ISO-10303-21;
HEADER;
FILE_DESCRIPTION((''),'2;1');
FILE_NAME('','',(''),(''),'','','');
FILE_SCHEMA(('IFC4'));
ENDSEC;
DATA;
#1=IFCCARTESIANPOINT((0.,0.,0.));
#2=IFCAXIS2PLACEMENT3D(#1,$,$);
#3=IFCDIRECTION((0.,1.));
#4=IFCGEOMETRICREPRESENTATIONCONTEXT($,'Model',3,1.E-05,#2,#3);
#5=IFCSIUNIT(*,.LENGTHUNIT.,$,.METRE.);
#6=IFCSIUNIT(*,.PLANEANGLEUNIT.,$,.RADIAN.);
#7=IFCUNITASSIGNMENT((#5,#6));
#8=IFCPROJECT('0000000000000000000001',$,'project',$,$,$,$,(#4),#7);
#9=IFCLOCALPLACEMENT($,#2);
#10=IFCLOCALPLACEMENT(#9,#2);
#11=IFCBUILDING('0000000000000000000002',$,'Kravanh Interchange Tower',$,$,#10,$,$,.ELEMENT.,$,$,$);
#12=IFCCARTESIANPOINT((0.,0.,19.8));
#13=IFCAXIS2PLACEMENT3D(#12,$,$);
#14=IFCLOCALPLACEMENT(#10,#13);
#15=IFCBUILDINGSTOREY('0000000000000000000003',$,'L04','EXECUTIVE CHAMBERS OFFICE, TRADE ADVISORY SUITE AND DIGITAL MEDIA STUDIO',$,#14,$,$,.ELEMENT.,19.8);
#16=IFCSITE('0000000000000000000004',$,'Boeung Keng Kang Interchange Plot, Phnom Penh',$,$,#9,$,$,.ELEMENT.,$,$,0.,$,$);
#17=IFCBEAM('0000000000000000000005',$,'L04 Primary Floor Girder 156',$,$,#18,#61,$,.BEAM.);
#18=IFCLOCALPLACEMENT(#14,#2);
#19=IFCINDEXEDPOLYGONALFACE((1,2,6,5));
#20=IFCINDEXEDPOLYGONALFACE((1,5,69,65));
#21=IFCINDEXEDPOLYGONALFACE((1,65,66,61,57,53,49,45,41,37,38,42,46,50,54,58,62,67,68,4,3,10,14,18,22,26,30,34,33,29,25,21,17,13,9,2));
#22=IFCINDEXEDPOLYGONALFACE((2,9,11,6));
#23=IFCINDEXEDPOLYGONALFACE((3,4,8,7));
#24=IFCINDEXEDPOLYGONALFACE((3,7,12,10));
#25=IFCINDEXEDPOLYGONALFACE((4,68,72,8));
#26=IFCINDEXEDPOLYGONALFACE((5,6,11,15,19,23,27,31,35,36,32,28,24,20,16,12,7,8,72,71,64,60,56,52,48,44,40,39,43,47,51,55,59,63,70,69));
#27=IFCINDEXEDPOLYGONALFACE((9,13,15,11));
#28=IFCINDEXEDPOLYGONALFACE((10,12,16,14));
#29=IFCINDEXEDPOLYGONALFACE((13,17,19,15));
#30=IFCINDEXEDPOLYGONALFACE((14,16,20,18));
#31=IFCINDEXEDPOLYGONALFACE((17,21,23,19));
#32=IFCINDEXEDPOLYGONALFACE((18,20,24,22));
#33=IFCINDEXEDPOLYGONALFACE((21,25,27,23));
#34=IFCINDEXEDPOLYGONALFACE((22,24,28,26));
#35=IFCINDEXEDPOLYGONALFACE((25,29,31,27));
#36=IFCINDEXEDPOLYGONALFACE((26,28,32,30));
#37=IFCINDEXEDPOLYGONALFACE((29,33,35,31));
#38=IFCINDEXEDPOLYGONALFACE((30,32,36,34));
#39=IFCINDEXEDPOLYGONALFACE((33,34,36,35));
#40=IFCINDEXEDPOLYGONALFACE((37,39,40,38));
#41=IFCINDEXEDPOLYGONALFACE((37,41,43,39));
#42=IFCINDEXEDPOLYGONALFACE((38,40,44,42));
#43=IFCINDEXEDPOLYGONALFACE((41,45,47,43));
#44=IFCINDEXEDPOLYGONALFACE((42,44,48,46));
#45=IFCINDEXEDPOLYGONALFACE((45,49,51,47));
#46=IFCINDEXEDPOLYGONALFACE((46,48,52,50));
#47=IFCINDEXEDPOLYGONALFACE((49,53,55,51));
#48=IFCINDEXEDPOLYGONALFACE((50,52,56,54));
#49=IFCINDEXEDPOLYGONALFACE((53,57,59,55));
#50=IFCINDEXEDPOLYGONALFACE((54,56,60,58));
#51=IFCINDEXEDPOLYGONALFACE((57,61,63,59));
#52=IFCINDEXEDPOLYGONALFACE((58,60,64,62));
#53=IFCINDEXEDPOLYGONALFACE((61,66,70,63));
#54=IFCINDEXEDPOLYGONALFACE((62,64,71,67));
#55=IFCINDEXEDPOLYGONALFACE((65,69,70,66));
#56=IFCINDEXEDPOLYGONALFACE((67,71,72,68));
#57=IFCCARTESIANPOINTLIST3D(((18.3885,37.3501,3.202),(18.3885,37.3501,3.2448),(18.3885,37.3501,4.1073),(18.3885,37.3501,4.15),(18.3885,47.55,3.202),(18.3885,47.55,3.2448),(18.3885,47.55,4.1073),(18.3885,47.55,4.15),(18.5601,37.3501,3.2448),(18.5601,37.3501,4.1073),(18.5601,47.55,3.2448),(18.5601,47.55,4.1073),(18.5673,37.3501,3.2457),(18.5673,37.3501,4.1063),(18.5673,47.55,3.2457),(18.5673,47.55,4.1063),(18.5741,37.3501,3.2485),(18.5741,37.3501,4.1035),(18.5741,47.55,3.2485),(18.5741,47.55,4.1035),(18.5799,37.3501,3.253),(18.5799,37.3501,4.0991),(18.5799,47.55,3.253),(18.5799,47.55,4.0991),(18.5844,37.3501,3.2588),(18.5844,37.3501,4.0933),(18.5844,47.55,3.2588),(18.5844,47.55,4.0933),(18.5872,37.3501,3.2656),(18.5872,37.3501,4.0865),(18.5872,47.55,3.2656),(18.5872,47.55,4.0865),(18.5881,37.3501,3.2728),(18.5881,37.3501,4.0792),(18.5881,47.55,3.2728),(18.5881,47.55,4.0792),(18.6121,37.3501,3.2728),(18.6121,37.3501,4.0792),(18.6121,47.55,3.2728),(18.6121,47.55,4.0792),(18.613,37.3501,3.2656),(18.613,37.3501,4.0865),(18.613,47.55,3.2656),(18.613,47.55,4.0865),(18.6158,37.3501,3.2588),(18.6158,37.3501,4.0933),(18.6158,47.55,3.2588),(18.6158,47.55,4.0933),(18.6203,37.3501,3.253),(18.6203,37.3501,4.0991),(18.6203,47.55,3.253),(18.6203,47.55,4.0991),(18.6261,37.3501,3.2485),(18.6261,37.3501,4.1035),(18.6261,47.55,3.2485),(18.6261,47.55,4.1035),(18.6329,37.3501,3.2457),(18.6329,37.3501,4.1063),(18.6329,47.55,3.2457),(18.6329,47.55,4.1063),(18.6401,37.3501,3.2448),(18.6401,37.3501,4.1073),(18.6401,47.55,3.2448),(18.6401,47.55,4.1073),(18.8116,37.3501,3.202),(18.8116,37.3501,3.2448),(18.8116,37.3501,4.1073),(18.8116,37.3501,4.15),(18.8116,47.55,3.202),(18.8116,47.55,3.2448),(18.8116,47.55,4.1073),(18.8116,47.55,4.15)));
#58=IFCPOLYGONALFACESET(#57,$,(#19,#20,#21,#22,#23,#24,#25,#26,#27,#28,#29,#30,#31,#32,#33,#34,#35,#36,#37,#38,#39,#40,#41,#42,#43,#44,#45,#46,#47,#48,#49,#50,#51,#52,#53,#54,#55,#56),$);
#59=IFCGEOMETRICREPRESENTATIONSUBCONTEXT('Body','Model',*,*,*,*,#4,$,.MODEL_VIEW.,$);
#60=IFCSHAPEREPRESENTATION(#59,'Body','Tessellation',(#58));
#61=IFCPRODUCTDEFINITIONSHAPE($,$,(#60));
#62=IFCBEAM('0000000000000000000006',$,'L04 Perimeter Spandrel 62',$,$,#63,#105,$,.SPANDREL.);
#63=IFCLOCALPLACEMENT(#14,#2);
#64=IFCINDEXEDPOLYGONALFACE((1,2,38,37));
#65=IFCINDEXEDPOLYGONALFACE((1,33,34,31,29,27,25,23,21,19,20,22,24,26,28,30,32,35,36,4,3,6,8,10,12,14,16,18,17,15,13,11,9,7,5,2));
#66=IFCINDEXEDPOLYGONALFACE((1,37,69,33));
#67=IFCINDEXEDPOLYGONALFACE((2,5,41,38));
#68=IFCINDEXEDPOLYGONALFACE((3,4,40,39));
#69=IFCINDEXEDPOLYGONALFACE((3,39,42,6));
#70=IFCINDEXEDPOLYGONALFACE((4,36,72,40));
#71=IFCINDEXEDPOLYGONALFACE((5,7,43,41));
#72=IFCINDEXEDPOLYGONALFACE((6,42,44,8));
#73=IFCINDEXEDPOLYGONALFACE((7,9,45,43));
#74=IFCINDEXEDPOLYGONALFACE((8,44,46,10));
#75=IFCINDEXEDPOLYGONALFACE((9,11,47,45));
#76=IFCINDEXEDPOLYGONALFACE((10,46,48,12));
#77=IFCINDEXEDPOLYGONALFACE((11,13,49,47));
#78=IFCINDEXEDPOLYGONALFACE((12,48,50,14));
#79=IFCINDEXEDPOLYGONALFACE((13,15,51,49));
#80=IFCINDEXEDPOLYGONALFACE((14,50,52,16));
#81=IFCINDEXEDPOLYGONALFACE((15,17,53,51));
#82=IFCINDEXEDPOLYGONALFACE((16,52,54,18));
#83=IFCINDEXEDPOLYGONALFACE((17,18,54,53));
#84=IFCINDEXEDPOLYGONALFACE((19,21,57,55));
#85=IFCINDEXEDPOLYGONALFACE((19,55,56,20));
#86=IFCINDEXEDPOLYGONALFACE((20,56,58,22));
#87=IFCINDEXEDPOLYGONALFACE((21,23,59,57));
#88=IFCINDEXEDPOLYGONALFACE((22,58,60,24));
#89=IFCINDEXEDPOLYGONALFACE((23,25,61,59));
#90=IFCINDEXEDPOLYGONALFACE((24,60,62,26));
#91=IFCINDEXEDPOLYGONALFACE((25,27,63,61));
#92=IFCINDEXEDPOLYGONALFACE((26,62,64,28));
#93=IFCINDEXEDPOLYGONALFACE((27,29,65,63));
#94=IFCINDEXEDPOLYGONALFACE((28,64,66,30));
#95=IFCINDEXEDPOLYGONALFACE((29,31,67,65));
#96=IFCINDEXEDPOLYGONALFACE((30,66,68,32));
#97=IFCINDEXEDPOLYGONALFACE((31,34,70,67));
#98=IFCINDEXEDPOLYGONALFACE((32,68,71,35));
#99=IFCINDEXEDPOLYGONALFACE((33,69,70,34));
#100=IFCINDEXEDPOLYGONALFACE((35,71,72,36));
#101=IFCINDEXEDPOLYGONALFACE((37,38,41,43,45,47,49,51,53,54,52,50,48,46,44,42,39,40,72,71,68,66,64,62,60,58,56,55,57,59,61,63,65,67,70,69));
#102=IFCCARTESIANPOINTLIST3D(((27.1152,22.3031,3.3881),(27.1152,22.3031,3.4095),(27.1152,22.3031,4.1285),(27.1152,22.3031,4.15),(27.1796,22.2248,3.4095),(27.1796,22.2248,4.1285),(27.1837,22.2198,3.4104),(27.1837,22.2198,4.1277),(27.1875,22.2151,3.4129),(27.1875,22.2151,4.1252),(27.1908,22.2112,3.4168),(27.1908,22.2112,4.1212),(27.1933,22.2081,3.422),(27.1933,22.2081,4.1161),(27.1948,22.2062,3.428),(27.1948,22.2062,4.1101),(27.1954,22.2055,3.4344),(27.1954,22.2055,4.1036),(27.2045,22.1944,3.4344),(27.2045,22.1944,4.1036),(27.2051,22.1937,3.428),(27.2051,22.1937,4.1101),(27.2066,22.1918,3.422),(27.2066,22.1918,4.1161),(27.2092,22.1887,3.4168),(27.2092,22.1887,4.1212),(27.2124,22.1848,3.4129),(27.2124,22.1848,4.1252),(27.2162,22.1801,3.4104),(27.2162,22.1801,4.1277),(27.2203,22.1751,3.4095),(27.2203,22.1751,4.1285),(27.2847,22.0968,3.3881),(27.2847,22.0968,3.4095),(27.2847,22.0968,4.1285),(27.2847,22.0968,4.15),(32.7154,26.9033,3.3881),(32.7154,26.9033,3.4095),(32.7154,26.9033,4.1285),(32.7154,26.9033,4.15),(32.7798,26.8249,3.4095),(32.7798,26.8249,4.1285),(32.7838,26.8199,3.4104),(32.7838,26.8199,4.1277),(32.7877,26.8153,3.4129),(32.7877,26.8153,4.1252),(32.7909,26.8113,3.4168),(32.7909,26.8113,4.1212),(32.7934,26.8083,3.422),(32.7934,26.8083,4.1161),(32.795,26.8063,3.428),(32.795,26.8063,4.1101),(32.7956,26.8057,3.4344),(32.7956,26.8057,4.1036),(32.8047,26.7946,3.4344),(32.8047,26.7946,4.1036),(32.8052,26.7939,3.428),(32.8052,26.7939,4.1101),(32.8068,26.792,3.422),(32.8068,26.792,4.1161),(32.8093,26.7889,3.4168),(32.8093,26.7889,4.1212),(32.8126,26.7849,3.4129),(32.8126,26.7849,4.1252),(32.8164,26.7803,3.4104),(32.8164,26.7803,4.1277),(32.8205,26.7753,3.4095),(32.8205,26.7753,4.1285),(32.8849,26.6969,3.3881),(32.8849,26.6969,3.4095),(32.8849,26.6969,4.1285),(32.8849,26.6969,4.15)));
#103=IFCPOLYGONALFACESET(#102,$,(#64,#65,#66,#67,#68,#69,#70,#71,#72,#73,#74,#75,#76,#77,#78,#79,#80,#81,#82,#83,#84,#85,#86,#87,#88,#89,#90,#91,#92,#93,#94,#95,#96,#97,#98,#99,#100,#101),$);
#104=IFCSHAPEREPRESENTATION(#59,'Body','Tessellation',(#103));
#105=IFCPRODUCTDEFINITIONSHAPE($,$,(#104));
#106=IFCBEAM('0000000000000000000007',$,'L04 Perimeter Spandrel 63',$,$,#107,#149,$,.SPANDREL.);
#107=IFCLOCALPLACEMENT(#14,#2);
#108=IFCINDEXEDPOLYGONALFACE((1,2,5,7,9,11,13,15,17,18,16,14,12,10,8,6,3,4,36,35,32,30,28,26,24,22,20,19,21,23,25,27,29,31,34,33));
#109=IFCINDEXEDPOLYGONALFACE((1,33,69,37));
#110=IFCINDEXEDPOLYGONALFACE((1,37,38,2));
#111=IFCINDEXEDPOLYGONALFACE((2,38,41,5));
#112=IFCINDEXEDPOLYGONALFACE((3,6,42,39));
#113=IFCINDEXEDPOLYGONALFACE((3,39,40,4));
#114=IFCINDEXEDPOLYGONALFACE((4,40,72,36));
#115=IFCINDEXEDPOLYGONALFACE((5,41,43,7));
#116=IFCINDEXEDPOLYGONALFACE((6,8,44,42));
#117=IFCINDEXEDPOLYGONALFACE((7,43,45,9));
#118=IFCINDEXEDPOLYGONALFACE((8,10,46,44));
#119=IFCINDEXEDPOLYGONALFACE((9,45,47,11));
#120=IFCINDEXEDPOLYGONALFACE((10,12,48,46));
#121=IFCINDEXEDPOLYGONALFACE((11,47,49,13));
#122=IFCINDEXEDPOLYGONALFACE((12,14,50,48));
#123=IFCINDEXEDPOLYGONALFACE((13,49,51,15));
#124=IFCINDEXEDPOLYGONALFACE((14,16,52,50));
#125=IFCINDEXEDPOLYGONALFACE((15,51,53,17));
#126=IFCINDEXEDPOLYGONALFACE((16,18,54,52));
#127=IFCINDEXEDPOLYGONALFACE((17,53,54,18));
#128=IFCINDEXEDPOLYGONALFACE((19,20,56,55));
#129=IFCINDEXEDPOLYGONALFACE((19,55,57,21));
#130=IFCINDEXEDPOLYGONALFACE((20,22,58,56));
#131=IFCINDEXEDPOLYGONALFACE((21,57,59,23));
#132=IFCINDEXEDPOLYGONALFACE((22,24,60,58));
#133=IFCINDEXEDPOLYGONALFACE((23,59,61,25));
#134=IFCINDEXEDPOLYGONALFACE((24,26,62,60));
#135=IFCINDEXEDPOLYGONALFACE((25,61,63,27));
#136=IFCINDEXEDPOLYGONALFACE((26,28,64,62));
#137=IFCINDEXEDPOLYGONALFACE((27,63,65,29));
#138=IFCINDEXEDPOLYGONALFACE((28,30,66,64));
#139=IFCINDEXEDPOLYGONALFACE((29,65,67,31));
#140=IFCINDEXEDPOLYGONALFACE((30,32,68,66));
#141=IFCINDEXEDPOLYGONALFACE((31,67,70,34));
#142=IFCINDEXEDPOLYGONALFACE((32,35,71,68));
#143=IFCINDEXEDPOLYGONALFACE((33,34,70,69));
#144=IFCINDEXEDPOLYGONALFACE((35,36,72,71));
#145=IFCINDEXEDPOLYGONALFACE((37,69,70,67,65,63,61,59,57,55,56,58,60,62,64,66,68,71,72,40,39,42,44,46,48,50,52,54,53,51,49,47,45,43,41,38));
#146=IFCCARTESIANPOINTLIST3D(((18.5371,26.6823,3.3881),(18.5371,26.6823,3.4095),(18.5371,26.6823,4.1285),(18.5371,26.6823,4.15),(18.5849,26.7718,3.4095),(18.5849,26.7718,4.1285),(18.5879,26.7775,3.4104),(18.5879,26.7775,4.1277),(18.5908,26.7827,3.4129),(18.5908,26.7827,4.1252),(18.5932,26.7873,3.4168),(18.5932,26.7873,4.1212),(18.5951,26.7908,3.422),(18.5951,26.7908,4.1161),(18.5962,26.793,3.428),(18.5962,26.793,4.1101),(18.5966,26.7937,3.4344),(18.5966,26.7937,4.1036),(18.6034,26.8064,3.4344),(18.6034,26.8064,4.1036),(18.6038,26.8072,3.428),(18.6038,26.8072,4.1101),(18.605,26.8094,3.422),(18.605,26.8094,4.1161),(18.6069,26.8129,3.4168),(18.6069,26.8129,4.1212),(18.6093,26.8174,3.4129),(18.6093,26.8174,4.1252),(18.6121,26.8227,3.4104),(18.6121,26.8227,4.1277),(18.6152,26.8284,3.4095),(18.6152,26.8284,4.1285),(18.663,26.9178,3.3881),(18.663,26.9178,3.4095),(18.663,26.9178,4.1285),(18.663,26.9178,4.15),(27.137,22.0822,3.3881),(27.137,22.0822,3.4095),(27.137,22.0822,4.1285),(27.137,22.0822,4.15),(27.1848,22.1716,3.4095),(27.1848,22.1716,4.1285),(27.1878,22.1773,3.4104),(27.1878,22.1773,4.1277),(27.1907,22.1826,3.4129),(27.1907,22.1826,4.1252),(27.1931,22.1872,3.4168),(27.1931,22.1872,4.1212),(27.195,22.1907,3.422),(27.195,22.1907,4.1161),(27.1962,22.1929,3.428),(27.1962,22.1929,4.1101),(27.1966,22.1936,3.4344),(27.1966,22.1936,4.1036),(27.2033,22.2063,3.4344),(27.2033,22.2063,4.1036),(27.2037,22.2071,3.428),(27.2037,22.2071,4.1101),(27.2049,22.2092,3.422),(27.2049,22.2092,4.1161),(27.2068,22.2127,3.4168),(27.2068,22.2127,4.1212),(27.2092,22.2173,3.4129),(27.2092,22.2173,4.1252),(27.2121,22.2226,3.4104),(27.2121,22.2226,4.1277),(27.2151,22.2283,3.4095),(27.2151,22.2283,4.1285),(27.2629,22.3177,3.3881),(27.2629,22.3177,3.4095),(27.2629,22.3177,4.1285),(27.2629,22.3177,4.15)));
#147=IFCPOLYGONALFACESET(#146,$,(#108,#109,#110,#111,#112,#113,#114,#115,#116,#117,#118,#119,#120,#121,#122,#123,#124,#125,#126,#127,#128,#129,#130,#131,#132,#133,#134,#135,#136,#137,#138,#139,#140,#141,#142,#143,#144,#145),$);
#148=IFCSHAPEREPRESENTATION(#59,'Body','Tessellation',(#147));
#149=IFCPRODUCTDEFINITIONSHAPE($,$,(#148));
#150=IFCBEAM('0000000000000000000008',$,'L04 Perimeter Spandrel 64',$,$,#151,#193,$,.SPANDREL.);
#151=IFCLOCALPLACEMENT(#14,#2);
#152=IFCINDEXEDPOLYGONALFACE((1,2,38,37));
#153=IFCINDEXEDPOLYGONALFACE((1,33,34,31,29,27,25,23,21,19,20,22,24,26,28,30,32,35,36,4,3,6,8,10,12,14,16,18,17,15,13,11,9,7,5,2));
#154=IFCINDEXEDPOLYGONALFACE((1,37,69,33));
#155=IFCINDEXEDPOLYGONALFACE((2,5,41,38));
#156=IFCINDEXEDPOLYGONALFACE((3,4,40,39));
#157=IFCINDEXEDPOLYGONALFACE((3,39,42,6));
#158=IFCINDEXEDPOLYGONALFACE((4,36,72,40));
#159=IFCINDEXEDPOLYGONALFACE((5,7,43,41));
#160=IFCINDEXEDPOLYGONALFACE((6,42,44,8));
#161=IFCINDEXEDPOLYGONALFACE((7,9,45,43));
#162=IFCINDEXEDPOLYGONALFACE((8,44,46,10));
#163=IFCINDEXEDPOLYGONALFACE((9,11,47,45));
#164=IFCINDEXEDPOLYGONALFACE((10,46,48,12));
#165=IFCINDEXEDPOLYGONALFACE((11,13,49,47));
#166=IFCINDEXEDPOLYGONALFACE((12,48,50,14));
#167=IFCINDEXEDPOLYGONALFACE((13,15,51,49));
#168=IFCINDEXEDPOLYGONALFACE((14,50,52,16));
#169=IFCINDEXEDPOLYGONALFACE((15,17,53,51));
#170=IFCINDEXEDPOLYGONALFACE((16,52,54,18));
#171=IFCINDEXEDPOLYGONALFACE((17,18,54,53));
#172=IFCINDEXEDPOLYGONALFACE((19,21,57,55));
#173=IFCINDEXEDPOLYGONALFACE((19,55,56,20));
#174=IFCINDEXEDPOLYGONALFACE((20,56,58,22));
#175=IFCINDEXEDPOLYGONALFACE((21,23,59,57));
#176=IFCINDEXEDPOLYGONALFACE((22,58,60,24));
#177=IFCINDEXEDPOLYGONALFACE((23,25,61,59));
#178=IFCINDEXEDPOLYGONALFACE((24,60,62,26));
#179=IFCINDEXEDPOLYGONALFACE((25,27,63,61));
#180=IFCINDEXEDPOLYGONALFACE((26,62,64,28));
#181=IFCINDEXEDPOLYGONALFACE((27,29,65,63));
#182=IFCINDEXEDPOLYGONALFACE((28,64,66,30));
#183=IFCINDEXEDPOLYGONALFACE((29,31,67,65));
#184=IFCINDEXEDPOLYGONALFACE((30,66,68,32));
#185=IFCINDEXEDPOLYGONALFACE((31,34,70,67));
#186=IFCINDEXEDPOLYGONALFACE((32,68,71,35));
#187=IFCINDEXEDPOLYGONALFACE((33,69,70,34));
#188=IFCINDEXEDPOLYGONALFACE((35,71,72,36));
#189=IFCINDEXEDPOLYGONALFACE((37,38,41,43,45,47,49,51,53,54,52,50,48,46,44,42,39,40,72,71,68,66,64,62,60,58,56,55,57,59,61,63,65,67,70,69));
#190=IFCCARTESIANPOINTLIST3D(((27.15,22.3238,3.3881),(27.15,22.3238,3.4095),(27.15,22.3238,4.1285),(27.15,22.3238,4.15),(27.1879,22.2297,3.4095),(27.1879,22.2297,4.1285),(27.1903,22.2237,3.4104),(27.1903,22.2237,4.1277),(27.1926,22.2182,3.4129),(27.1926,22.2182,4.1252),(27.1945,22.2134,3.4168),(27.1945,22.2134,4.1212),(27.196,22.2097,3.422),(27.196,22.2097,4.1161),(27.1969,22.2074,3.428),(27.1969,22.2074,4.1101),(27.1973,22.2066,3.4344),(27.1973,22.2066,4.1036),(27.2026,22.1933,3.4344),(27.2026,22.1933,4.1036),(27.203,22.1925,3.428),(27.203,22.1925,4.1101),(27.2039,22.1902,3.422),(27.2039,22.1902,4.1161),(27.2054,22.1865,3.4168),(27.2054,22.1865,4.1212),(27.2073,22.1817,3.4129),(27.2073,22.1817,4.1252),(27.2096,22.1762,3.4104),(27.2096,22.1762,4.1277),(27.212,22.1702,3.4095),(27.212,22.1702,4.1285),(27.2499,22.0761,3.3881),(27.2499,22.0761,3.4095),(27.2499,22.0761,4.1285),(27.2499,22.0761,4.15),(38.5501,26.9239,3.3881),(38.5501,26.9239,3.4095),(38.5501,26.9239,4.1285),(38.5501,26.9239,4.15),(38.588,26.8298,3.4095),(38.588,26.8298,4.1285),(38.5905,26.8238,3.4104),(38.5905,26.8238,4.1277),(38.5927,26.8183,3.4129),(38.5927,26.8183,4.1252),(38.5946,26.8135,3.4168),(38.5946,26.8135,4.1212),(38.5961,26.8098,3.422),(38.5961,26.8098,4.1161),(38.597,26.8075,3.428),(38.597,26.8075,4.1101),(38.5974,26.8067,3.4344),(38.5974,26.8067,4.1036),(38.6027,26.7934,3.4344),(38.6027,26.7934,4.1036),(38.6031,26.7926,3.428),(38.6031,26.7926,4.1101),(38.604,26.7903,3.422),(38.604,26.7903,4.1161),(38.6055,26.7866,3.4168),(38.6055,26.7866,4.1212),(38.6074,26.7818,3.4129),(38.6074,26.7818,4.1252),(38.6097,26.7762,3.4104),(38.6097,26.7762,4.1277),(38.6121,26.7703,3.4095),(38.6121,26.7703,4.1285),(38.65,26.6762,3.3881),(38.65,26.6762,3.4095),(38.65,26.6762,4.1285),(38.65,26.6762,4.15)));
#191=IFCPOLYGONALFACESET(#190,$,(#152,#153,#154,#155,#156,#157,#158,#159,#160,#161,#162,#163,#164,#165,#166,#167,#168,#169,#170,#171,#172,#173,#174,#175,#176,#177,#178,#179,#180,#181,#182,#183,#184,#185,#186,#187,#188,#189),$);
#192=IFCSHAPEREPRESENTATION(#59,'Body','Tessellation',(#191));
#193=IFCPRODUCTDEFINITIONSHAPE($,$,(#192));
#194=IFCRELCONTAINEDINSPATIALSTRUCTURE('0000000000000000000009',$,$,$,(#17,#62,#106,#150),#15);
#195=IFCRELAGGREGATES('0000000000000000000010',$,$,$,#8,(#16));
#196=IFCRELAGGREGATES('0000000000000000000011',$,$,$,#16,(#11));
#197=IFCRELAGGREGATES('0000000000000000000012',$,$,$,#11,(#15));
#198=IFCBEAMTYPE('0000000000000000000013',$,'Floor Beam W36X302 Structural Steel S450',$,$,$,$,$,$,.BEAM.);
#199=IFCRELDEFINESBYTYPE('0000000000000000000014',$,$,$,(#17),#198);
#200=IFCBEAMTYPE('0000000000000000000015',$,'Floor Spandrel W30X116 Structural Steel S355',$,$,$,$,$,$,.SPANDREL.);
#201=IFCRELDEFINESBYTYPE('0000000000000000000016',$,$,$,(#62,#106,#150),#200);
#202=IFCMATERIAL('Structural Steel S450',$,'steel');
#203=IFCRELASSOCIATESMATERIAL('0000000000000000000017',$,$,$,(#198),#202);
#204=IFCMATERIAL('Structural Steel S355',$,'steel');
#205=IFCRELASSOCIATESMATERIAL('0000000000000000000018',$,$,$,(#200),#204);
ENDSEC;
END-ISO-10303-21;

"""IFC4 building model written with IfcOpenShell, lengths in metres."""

from ifc_helpers import new_model, si_unit, direction, frame, origin, origin_2d, place, context, subcontext, project, spatial, i_section, extrude, material, material_profile, profile_set, type_object, element, save


model = new_model("IFC4")

# Units and contexts
model_context = context("Model", 3, precision=1e-05, world=origin(), true_north=direction((0.0, 1.0)))
body_context = subcontext(model_context, "Body", "Model", "MODEL_VIEW")
ifc_project = project(units=[si_unit("LENGTHUNIT", "METRE"), si_unit("PLANEANGLEUNIT", "RADIAN")], contexts=[model_context])

# Site, building, storey
site_placement = place(None, origin())
site = spatial("IfcSite", under=ifc_project, at=site_placement, Name="Boeung Keng Kang Interchange Plot, Phnom Penh", CompositionType="ELEMENT", RefElevation=0.0)
building_placement = place(site_placement, origin())
building = spatial("IfcBuilding", under=site, at=building_placement, Name="Kravanh Interchange Tower", CompositionType="ELEMENT")
storey_placement = place(building_placement, frame((0.0, 0.0, 19.8)))
storey = spatial("IfcBuildingStorey", under=building, at=storey_placement, Name="L04", Description="EXECUTIVE CHAMBERS OFFICE, TRADE ADVISORY SUITE AND DIGITAL MEDIA STUDIO", CompositionType="ELEMENT", Elevation=19.8)

# Beams
ifc_material_1 = material(Name="Structural Steel S450", Category="steel")
ifc_material_profile_1 = material_profile(ifc_material_1, i_section(OverallWidth=0.4231, OverallDepth=0.948, WebThickness=0.0239, FlangeThickness=0.0427, FilletRadius=0.0281, at=origin_2d()), Name="W36X302")
ifc_profile_set_1 = profile_set([ifc_material_profile_1], Name="Structural Steel S450")
beam_type_1 = type_object("IfcBeamType", Name="Floor Beam W36X302 Structural Steel S450", PredefinedType="BEAM", material=ifc_profile_set_1)
beam_1_placement = place(storey_placement, frame((18.6001, 37.3501, 3.676), z_axis=(0.0, 1.0, 0.0), x_axis=(-1.0, 0.0, 0.0)))
element("IfcBeam", 1, at=beam_1_placement, inside=storey, type_object=beam_type_1, Name="L04 Primary Floor Girder 156", PredefinedType="BEAM", context=body_context, shape_type="SweptSolid", body=[
    extrude(i_section(OverallWidth=0.4231, OverallDepth=0.948, WebThickness=0.0239, FlangeThickness=0.0427, FilletRadius=0.0281, at=origin_2d()), origin(), (0.0, 0.0, 1.0), 10.2),
])
ifc_material_2 = material(Name="Structural Steel S355", Category="steel")
ifc_material_profile_2 = material_profile(ifc_material_2, i_section(OverallWidth=0.2671, OverallDepth=0.762, WebThickness=0.0144, FlangeThickness=0.0215, FilletRadius=0.0249, at=origin_2d()), Name="W30X116")
ifc_profile_set_2 = profile_set([ifc_material_profile_2], Name="Structural Steel S355")
beam_type_2 = type_object("IfcBeamType", Name="Floor Spandrel W30X116 Structural Steel S355", PredefinedType="SPANDREL", material=ifc_profile_set_2)
beam_2_placement = place(storey_placement, frame((27.2, 22.2, 3.769), z_axis=(0.772725, 0.634741, 0.0), x_axis=(-0.634741, 0.772725, 0.0)))
element("IfcBeam", 2, at=beam_2_placement, inside=storey, type_object=beam_type_2, Name="L04 Perimeter Spandrel 62", PredefinedType="SPANDREL", context=body_context, shape_type="SweptSolid", body=[
    extrude(i_section(OverallWidth=0.2671, OverallDepth=0.762, WebThickness=0.0144, FlangeThickness=0.0215, FilletRadius=0.0249, at=origin_2d()), origin(), (0.0, 0.0, 1.0), 7.2473),
])
beam_3_placement = place(storey_placement, frame((27.2, 22.2, 3.769), z_axis=(-0.881777, 0.471666, 0.0), x_axis=(-0.471666, -0.881777, 0.0)))
element("IfcBeam", 3, at=beam_3_placement, inside=storey, type_object=beam_type_2, Name="L04 Perimeter Spandrel 63", PredefinedType="SPANDREL", context=body_context, shape_type="SweptSolid", body=[
    extrude(i_section(OverallWidth=0.2671, OverallDepth=0.762, WebThickness=0.0144, FlangeThickness=0.0215, FilletRadius=0.0249, at=origin_2d()), origin(), (0.0, 0.0, 1.0), 9.7529),
])
beam_4_placement = place(storey_placement, frame((27.2, 22.2, 3.769), z_axis=(0.927349, 0.374197, 0.0), x_axis=(-0.374197, 0.927349, 0.0)))
element("IfcBeam", 4, at=beam_4_placement, inside=storey, type_object=beam_type_2, Name="L04 Perimeter Spandrel 64", PredefinedType="SPANDREL", context=body_context, shape_type="SweptSolid", body=[
    extrude(i_section(OverallWidth=0.2671, OverallDepth=0.762, WebThickness=0.0144, FlangeThickness=0.0215, FilletRadius=0.0249, at=origin_2d()), origin(), (0.0, 0.0, 1.0), 12.2932),
])

save(model, "model.ifc")
